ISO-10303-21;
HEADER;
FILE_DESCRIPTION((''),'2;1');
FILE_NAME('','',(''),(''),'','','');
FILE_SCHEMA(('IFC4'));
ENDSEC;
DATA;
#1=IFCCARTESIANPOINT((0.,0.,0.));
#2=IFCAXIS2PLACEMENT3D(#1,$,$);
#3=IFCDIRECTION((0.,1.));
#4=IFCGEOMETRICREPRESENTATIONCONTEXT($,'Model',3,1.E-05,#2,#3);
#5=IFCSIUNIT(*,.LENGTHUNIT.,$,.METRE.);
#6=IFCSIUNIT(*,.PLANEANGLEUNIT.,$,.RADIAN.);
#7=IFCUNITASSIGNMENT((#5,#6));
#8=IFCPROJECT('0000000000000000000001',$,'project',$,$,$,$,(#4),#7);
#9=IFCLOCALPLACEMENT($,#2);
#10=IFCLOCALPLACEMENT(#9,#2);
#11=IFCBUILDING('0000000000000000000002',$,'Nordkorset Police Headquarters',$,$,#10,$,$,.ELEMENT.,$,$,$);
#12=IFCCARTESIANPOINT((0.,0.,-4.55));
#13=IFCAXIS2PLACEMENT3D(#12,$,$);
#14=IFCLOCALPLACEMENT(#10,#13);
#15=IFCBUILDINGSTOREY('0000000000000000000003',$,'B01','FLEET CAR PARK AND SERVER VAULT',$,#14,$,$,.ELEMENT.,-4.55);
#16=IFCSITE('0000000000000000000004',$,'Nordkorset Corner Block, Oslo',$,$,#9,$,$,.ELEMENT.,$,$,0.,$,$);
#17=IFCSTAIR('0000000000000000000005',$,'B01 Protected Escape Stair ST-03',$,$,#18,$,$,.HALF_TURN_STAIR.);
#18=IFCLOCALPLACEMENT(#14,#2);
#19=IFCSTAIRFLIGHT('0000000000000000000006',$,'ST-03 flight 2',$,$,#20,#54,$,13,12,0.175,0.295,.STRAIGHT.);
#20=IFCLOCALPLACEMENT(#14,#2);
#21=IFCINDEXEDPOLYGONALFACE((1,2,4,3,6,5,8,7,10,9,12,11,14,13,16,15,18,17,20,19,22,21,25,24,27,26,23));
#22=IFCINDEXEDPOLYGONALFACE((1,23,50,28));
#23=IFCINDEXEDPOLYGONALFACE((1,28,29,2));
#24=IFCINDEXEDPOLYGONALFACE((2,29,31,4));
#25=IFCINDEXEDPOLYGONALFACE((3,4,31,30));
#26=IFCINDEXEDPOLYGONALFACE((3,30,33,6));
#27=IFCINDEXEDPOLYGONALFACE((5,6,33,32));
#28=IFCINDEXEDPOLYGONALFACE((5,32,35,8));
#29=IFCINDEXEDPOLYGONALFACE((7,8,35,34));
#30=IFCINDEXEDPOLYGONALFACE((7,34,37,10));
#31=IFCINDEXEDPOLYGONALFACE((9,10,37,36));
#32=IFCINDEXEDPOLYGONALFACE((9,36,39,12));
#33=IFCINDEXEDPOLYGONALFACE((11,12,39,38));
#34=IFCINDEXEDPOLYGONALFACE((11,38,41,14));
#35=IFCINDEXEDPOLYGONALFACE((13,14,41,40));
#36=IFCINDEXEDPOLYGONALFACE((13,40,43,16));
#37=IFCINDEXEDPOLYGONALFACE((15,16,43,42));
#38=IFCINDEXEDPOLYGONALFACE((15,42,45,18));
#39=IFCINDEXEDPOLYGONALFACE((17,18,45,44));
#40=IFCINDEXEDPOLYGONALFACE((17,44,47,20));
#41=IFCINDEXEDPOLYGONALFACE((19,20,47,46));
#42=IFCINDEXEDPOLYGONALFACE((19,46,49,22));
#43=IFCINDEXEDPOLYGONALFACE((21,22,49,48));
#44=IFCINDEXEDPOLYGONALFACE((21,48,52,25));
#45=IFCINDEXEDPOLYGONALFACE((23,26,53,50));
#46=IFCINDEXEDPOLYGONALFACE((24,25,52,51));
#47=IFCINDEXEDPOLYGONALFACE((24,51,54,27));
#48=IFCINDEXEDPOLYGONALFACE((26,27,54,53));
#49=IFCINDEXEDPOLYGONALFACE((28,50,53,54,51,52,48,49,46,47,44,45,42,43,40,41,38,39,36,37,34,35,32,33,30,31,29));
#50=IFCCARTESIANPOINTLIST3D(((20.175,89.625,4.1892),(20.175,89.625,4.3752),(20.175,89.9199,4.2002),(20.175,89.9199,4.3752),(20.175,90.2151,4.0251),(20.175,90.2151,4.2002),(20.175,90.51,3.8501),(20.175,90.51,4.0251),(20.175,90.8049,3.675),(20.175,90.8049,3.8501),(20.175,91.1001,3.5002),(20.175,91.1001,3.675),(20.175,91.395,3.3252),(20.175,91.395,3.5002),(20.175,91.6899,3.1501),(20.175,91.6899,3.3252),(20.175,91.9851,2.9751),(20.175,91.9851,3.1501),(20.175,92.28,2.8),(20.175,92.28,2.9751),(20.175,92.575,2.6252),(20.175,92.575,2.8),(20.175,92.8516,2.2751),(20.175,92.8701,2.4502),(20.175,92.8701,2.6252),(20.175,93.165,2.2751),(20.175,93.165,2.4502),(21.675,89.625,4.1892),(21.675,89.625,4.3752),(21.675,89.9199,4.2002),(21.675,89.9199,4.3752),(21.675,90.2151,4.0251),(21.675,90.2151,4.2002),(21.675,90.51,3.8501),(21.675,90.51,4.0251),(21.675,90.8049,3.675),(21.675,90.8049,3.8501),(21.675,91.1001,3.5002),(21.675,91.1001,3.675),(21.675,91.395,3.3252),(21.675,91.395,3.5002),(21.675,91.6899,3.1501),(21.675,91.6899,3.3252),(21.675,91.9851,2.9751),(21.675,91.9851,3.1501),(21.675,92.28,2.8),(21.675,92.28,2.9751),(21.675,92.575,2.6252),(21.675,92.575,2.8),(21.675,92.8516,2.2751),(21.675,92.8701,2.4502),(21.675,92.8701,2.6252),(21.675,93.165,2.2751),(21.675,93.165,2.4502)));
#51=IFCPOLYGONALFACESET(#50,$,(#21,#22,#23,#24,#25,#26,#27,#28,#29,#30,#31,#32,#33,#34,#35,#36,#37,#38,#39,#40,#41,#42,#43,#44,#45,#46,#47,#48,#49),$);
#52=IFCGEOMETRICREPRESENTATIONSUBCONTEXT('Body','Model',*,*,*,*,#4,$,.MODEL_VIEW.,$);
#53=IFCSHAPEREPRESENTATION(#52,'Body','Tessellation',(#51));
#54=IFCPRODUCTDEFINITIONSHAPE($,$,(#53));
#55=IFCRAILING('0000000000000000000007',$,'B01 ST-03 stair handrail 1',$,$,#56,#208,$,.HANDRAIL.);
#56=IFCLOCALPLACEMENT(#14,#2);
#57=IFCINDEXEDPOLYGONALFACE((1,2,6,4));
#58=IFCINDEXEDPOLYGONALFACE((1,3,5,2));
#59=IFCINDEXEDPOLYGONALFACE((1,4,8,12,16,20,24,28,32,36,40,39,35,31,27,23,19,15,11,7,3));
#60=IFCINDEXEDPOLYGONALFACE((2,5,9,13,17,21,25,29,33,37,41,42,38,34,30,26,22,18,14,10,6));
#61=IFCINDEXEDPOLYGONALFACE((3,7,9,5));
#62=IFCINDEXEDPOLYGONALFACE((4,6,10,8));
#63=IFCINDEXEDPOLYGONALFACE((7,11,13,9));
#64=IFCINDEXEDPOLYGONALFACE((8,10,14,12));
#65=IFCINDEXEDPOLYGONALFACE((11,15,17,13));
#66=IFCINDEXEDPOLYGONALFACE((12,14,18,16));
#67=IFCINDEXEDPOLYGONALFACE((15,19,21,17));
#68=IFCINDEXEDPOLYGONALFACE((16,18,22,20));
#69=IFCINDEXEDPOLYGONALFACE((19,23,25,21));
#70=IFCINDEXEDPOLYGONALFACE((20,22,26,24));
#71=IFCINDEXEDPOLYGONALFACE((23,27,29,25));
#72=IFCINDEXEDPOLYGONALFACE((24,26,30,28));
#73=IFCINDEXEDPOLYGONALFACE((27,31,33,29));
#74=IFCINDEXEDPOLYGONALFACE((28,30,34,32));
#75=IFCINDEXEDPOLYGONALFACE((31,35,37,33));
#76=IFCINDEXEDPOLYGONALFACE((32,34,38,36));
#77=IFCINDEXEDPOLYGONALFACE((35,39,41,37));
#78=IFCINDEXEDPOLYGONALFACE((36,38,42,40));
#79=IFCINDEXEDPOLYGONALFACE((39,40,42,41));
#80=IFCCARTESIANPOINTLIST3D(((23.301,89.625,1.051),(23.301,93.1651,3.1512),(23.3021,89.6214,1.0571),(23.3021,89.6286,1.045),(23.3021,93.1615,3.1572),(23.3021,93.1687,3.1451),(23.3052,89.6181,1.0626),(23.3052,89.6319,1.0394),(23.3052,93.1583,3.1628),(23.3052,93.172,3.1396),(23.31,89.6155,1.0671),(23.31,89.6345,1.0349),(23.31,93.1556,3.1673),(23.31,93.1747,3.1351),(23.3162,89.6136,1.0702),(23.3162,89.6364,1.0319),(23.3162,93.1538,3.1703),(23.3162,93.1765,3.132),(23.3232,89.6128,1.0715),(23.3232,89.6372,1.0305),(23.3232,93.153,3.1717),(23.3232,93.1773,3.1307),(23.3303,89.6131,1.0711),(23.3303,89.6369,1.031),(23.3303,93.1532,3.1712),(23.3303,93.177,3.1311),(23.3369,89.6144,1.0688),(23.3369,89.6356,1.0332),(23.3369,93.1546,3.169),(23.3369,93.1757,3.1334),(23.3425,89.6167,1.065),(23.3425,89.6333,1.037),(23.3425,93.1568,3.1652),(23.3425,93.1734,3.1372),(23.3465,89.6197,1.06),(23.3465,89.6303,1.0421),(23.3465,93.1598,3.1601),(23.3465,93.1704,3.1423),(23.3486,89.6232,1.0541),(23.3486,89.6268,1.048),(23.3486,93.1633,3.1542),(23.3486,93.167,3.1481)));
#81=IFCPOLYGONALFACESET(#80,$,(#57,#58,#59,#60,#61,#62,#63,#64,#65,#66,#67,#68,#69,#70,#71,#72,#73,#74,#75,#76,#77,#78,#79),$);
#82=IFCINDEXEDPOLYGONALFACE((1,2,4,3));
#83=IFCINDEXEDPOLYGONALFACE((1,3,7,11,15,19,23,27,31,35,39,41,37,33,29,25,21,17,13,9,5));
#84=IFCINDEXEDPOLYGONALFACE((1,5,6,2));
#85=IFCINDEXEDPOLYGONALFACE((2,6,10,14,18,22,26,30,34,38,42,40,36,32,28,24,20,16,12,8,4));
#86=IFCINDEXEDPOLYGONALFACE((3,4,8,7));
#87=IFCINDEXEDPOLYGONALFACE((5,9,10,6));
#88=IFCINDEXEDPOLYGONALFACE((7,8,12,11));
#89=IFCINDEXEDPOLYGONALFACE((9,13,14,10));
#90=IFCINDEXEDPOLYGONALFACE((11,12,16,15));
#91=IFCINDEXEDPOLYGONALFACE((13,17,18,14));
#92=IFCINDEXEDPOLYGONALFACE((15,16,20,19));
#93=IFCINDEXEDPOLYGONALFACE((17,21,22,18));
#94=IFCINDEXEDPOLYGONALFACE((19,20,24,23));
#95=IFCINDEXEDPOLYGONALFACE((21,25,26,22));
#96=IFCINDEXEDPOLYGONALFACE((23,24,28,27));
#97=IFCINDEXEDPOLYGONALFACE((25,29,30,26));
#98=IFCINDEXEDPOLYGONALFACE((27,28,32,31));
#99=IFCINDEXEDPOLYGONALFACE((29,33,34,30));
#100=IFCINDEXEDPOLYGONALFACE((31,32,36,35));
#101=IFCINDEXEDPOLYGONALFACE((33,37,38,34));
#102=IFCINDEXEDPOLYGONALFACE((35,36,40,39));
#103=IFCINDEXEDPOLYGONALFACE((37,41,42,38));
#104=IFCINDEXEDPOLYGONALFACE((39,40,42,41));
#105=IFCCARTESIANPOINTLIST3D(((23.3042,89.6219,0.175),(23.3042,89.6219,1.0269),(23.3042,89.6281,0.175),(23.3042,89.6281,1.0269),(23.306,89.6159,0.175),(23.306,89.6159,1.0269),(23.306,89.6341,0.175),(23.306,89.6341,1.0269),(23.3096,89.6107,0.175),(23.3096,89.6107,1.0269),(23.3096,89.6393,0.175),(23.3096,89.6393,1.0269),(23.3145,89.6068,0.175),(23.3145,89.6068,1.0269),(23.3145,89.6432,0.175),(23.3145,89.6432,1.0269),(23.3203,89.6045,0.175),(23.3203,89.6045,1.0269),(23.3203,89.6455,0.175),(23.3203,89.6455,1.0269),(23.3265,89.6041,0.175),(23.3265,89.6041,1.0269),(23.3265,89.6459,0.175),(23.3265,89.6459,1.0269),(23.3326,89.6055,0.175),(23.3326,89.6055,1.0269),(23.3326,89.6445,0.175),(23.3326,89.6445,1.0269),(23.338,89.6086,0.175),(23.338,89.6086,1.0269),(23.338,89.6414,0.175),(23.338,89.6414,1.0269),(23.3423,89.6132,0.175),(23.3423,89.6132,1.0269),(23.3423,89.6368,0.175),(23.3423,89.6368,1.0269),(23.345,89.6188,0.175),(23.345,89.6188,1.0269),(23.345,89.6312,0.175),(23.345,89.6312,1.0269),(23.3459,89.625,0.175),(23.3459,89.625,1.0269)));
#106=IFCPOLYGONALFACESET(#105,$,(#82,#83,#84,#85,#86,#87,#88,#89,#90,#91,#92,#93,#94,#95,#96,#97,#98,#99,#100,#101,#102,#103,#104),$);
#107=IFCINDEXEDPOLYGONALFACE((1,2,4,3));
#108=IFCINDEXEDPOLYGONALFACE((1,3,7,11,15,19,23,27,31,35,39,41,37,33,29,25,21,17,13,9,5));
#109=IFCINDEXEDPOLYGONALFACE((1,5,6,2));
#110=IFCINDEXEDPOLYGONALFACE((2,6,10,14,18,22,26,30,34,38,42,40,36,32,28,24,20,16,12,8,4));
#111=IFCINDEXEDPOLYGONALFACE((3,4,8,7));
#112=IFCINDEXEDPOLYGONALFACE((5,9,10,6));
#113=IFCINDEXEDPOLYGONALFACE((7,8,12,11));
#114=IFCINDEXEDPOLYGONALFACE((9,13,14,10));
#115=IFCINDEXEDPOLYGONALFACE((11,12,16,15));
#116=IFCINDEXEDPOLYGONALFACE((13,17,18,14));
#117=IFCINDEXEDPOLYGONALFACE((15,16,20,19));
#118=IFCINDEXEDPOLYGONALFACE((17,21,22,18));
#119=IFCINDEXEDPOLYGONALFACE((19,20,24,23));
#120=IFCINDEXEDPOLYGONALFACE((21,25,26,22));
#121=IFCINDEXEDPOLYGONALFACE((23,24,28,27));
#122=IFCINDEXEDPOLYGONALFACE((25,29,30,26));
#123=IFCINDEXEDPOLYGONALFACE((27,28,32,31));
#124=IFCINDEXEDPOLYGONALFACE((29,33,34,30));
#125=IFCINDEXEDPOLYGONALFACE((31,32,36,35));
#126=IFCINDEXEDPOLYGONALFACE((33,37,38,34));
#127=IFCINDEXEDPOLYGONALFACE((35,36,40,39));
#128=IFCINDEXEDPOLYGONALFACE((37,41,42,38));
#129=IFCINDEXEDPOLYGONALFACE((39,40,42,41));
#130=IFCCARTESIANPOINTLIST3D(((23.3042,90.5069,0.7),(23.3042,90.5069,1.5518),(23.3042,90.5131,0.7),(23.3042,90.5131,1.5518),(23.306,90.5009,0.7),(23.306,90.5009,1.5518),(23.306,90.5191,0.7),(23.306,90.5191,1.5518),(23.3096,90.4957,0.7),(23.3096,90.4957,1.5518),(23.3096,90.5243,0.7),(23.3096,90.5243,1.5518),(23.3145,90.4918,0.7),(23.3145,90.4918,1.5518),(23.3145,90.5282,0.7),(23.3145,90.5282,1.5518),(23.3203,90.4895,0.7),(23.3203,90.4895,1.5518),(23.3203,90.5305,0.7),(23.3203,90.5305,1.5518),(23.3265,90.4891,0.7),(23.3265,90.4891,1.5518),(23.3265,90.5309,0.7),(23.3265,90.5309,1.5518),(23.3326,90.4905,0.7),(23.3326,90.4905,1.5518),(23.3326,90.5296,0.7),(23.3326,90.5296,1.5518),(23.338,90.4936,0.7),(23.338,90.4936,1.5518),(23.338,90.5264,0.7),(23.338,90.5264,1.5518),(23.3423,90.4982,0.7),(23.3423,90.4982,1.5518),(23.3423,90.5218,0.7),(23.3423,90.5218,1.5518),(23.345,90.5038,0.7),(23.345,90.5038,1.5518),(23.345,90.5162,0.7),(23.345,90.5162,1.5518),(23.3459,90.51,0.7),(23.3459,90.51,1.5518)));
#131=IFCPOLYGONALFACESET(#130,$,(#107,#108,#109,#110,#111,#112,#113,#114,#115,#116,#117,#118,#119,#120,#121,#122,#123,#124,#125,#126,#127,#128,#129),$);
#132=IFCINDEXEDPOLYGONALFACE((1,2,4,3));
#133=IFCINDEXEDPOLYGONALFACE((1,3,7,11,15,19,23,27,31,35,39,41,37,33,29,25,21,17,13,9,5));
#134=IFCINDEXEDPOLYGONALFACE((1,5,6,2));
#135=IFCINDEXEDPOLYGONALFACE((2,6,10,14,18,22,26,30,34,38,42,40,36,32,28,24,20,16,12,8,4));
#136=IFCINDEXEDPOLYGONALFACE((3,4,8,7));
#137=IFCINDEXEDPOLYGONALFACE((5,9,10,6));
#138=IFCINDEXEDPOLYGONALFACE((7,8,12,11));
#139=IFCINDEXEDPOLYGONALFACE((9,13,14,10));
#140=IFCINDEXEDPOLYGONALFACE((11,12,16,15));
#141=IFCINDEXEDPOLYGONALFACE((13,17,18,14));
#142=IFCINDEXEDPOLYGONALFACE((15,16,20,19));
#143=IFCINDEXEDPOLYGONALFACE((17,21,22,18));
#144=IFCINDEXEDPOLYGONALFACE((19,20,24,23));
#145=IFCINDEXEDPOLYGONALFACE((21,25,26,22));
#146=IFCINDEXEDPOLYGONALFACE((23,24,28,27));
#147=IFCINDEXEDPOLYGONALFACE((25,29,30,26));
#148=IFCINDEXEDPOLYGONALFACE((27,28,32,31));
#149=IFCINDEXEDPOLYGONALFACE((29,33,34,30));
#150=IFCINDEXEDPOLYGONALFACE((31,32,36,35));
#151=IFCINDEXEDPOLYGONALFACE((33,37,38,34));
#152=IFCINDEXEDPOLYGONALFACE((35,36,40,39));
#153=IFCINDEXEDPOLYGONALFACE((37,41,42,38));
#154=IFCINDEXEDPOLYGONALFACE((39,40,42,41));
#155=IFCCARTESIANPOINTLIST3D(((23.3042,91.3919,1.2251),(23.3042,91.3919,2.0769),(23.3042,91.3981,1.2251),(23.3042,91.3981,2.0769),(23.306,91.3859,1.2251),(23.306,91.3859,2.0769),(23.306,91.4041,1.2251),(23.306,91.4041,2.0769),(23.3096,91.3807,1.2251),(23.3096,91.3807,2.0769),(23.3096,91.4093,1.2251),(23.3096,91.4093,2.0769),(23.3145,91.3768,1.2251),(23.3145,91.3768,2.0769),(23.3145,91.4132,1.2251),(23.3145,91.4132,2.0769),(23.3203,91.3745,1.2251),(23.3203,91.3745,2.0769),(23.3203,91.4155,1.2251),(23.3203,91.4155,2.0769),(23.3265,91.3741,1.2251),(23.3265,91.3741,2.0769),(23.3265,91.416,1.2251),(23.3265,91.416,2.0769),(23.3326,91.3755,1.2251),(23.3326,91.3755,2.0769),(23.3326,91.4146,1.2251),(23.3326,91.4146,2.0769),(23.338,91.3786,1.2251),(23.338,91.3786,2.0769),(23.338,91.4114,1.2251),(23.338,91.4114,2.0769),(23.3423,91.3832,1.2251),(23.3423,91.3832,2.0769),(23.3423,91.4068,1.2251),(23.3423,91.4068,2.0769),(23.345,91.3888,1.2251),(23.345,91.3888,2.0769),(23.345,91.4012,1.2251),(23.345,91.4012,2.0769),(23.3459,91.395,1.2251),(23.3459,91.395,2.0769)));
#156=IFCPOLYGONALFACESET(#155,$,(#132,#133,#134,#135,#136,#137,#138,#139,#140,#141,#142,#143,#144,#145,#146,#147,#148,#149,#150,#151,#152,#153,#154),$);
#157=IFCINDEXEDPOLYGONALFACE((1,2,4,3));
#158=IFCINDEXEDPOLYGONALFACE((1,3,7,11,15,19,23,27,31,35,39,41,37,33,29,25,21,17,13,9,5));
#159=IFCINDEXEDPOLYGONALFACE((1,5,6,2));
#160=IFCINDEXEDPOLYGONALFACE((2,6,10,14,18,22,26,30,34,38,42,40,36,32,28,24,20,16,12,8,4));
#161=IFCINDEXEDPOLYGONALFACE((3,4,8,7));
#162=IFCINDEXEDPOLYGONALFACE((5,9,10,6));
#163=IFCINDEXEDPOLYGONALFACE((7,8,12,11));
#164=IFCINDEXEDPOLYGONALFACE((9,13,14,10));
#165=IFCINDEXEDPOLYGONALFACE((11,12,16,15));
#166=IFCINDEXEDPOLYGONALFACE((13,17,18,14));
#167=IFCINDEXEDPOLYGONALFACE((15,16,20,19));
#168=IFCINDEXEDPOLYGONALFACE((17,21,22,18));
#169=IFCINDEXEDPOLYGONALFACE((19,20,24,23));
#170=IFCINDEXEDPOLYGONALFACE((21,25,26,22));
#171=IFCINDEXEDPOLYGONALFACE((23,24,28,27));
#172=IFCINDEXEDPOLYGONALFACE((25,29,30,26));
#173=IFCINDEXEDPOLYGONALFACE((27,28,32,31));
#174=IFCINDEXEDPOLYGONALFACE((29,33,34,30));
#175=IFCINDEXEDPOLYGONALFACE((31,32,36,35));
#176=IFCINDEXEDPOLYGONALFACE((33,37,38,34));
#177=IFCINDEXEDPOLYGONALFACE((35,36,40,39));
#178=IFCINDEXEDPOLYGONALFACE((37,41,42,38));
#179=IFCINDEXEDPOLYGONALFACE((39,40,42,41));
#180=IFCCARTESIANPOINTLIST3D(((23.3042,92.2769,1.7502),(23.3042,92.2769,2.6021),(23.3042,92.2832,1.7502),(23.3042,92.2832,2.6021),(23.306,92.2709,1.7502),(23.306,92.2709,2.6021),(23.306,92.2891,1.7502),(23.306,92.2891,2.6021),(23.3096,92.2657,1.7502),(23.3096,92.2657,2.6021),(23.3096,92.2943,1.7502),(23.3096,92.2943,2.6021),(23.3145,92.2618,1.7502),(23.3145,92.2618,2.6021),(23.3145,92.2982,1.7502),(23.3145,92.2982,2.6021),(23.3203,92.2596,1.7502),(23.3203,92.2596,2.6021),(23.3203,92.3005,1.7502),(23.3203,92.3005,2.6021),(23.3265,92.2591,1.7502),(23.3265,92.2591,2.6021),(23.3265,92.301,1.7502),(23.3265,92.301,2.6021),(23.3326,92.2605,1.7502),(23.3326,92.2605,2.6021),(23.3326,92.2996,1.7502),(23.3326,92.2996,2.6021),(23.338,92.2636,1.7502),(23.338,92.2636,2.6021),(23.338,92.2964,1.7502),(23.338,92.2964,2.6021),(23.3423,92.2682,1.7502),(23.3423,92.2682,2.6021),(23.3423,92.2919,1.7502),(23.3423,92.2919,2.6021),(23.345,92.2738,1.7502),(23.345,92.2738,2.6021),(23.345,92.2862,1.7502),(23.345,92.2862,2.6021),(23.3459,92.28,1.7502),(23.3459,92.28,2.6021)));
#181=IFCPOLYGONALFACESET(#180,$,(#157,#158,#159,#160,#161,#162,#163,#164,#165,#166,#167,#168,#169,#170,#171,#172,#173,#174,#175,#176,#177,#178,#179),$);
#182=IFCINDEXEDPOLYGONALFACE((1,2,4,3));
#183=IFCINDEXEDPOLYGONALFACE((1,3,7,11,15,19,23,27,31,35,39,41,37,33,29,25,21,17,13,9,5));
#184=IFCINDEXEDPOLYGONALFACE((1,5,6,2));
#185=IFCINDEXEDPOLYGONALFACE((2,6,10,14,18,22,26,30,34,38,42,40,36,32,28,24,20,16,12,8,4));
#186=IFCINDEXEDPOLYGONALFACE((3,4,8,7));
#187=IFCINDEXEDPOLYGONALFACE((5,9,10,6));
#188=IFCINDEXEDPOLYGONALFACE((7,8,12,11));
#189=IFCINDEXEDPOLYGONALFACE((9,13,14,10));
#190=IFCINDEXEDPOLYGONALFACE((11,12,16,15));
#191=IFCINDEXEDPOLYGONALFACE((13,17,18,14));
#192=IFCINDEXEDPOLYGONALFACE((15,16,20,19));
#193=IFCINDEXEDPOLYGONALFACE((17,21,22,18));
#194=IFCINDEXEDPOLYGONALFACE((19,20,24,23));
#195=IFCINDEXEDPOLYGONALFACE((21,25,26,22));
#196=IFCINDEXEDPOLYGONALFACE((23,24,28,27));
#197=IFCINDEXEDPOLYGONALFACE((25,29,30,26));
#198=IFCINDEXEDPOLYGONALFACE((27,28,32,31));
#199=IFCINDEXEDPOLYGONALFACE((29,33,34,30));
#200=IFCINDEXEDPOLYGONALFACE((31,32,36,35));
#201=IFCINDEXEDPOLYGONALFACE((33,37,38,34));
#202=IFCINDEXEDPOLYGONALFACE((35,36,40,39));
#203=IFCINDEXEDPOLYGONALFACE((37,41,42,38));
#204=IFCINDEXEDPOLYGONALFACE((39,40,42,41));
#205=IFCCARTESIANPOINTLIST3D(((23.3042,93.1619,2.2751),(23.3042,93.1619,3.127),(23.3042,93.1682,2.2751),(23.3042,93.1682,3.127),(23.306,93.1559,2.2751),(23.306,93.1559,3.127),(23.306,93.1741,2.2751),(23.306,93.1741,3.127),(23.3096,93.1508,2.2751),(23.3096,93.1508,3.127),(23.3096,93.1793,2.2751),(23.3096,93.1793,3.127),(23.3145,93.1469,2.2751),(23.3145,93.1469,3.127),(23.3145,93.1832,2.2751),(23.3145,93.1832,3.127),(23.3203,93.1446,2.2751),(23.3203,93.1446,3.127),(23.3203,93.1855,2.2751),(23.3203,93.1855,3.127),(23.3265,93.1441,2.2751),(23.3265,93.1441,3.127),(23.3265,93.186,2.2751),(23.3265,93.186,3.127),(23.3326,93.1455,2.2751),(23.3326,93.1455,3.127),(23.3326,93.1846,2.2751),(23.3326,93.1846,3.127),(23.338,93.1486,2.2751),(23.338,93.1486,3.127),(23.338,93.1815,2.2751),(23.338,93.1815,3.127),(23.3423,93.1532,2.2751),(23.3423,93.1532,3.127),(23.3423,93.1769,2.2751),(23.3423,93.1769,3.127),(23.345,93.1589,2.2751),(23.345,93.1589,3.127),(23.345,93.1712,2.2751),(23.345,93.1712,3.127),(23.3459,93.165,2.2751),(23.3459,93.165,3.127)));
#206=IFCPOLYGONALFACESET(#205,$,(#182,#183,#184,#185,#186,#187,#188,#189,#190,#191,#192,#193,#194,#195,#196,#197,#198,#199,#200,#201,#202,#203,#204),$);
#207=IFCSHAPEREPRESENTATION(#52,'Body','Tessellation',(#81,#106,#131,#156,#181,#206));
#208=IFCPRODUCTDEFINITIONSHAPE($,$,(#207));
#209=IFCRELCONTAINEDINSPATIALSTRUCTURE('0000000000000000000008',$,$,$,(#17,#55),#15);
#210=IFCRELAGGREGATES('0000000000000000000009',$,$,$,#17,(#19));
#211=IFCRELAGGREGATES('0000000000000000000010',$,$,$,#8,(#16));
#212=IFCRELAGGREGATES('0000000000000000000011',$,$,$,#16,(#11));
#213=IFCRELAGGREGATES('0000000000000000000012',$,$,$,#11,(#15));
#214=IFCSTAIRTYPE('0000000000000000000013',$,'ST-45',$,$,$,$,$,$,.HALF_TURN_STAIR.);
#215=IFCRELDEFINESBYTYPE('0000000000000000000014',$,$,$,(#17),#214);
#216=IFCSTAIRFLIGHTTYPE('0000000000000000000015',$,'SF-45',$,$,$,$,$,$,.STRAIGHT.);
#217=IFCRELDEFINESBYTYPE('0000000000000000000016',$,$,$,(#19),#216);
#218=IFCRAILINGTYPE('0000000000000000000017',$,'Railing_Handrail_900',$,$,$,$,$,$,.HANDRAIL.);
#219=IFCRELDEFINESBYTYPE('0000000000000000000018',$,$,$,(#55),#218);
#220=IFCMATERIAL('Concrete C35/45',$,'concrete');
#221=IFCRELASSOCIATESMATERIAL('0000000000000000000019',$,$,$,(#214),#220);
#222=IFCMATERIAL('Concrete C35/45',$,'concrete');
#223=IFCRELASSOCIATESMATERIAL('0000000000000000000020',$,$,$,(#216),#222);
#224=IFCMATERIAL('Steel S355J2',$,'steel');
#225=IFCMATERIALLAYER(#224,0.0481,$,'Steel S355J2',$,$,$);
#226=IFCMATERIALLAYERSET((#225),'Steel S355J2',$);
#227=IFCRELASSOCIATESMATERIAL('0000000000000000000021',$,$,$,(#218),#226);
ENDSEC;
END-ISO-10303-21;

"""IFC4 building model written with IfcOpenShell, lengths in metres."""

from ifc_helpers import new_model, si_unit, direction, frame, origin, origin_2d, place, context, subcontext, project, spatial, polyline, circle, outline, extrude, material, layer, layer_set, type_object, element, aggregate, save


model = new_model("IFC4")

# Units and contexts
model_context = context("Model", 3, precision=1e-05, world=origin(), true_north=direction((0.0, 1.0)))
body_context = subcontext(model_context, "Body", "Model", "MODEL_VIEW")
ifc_project = project(units=[si_unit("LENGTHUNIT", "METRE"), si_unit("PLANEANGLEUNIT", "RADIAN")], contexts=[model_context])

# Site, building, storey
site_placement = place(None, origin())
site = spatial("IfcSite", under=ifc_project, at=site_placement, Name="Nordkorset Corner Block, Oslo", CompositionType="ELEMENT", RefElevation=0.0)
building_placement = place(site_placement, origin())
building = spatial("IfcBuilding", under=site, at=building_placement, Name="Nordkorset Police Headquarters", CompositionType="ELEMENT")
storey_placement = place(building_placement, frame((0.0, 0.0, -4.55)))
storey = spatial("IfcBuildingStorey", under=building, at=storey_placement, Name="B01", Description="FLEET CAR PARK AND SERVER VAULT", CompositionType="ELEMENT", Elevation=-4.55)

# Stair, stair flight
ifc_material_1 = material(Name="Concrete C35/45", Category="concrete")
stair_type = type_object("IfcStairType", Name="ST-45", PredefinedType="HALF_TURN_STAIR", material=ifc_material_1)
stair_placement = place(storey_placement, origin())
stair = element("IfcStair", 1, at=stair_placement, inside=storey, type_object=stair_type, Name="B01 Protected Escape Stair ST-03", PredefinedType="HALF_TURN_STAIR")
ifc_material_2 = material(Name="Concrete C35/45", Category="concrete")
stair_flight_type = type_object("IfcStairFlightType", Name="SF-45", PredefinedType="STRAIGHT", material=ifc_material_2)
stair_flight_1_placement = place(storey_placement, frame((20.925, 93.165, 2.2751), z_axis=(0.0, 0.0, 1.0), x_axis=(0.0, -1.0, 0.0)))
stair_flight_1 = element("IfcStairFlight", 2, at=stair_flight_1_placement, type_object=stair_flight_type, Name="ST-03 flight 2", NumberOfRisers=13, NumberOfTreads=12, PredefinedType="STRAIGHT", RiserHeight=0.175, TreadLength=0.295, context=body_context, shape_type="SweptSolid", body=[
    extrude(outline(polyline([(0.0, 0.0), (0.0, 0.175), (0.2949, 0.175), (0.2949, 0.3501), (0.5901, 0.3501), (0.5901, 0.5249), (0.885, 0.5249), (0.885, 0.7), (1.1799, 0.7), (1.1799, 0.875), (1.4751, 0.875), (1.4751, 1.05), (1.77, 1.05), (1.77, 1.2251), (2.0649, 1.2251), (2.0649, 1.3999), (2.3601, 1.3999), (2.3601, 1.575), (2.655, 1.575), (2.655, 1.75), (2.95, 1.75), (2.95, 1.925), (3.2451, 1.925), (3.2451, 2.1001), (3.54, 2.1001), (3.54, 2.2749), (3.54, 1.9141), (0.3135, 0.0), (0.0, 0.0)])), frame((0.0, 0.75, 0.0), z_axis=(0.0, -1.0, 0.0), x_axis=(1.0, 0.0, 0.0)), (0.0, 0.0, 1.0), 1.5),
])
aggregate(stair, [stair_flight_1])

# Railing
ifc_material_3 = material(Name="Steel S355J2", Category="steel")
ifc_layer_1 = layer(ifc_material_3, 0.0481, Name="Steel S355J2")
ifc_layer_set_1 = layer_set([ifc_layer_1], Name="Steel S355J2")
railing_type_1 = type_object("IfcRailingType", Name="Railing_Handrail_900", PredefinedType="HANDRAIL", material=ifc_layer_set_1)
railing_1_placement = place(storey_placement, frame((23.325, 89.625, 0.175)))
element("IfcRailing", 3, at=railing_1_placement, inside=storey, type_object=railing_type_1, Name="B01 ST-03 stair handrail 1", PredefinedType="HANDRAIL", context=body_context, shape_type="SweptSolid", body=[
    extrude(circle(Radius=0.0239, at=origin_2d()), frame((0.0, 0.0, 0.876), z_axis=(0.0, 0.860047, 0.510215), x_axis=(-1.0, 0.0, 0.0)), (0.0, 0.0, 1.0), 4.1162),
    extrude(circle(Radius=0.021, at=origin_2d()), origin(), (0.0, 0.0, 1.0), 0.8518),
    extrude(circle(Radius=0.021, at=origin_2d()), frame((0.0, 0.885, 0.5249)), (0.0, 0.0, 1.0), 0.8518),
    extrude(circle(Radius=0.021, at=origin_2d()), frame((0.0, 1.77, 1.05)), (0.0, 0.0, 1.0), 0.8518),
    extrude(circle(Radius=0.021, at=origin_2d()), frame((0.0, 2.655, 1.5752)), (0.0, 0.0, 1.0), 0.8518),
    extrude(circle(Radius=0.021, at=origin_2d()), frame((0.0, 3.54, 2.1001)), (0.0, 0.0, 1.0), 0.8518),
])

save(model, "model.ifc")
